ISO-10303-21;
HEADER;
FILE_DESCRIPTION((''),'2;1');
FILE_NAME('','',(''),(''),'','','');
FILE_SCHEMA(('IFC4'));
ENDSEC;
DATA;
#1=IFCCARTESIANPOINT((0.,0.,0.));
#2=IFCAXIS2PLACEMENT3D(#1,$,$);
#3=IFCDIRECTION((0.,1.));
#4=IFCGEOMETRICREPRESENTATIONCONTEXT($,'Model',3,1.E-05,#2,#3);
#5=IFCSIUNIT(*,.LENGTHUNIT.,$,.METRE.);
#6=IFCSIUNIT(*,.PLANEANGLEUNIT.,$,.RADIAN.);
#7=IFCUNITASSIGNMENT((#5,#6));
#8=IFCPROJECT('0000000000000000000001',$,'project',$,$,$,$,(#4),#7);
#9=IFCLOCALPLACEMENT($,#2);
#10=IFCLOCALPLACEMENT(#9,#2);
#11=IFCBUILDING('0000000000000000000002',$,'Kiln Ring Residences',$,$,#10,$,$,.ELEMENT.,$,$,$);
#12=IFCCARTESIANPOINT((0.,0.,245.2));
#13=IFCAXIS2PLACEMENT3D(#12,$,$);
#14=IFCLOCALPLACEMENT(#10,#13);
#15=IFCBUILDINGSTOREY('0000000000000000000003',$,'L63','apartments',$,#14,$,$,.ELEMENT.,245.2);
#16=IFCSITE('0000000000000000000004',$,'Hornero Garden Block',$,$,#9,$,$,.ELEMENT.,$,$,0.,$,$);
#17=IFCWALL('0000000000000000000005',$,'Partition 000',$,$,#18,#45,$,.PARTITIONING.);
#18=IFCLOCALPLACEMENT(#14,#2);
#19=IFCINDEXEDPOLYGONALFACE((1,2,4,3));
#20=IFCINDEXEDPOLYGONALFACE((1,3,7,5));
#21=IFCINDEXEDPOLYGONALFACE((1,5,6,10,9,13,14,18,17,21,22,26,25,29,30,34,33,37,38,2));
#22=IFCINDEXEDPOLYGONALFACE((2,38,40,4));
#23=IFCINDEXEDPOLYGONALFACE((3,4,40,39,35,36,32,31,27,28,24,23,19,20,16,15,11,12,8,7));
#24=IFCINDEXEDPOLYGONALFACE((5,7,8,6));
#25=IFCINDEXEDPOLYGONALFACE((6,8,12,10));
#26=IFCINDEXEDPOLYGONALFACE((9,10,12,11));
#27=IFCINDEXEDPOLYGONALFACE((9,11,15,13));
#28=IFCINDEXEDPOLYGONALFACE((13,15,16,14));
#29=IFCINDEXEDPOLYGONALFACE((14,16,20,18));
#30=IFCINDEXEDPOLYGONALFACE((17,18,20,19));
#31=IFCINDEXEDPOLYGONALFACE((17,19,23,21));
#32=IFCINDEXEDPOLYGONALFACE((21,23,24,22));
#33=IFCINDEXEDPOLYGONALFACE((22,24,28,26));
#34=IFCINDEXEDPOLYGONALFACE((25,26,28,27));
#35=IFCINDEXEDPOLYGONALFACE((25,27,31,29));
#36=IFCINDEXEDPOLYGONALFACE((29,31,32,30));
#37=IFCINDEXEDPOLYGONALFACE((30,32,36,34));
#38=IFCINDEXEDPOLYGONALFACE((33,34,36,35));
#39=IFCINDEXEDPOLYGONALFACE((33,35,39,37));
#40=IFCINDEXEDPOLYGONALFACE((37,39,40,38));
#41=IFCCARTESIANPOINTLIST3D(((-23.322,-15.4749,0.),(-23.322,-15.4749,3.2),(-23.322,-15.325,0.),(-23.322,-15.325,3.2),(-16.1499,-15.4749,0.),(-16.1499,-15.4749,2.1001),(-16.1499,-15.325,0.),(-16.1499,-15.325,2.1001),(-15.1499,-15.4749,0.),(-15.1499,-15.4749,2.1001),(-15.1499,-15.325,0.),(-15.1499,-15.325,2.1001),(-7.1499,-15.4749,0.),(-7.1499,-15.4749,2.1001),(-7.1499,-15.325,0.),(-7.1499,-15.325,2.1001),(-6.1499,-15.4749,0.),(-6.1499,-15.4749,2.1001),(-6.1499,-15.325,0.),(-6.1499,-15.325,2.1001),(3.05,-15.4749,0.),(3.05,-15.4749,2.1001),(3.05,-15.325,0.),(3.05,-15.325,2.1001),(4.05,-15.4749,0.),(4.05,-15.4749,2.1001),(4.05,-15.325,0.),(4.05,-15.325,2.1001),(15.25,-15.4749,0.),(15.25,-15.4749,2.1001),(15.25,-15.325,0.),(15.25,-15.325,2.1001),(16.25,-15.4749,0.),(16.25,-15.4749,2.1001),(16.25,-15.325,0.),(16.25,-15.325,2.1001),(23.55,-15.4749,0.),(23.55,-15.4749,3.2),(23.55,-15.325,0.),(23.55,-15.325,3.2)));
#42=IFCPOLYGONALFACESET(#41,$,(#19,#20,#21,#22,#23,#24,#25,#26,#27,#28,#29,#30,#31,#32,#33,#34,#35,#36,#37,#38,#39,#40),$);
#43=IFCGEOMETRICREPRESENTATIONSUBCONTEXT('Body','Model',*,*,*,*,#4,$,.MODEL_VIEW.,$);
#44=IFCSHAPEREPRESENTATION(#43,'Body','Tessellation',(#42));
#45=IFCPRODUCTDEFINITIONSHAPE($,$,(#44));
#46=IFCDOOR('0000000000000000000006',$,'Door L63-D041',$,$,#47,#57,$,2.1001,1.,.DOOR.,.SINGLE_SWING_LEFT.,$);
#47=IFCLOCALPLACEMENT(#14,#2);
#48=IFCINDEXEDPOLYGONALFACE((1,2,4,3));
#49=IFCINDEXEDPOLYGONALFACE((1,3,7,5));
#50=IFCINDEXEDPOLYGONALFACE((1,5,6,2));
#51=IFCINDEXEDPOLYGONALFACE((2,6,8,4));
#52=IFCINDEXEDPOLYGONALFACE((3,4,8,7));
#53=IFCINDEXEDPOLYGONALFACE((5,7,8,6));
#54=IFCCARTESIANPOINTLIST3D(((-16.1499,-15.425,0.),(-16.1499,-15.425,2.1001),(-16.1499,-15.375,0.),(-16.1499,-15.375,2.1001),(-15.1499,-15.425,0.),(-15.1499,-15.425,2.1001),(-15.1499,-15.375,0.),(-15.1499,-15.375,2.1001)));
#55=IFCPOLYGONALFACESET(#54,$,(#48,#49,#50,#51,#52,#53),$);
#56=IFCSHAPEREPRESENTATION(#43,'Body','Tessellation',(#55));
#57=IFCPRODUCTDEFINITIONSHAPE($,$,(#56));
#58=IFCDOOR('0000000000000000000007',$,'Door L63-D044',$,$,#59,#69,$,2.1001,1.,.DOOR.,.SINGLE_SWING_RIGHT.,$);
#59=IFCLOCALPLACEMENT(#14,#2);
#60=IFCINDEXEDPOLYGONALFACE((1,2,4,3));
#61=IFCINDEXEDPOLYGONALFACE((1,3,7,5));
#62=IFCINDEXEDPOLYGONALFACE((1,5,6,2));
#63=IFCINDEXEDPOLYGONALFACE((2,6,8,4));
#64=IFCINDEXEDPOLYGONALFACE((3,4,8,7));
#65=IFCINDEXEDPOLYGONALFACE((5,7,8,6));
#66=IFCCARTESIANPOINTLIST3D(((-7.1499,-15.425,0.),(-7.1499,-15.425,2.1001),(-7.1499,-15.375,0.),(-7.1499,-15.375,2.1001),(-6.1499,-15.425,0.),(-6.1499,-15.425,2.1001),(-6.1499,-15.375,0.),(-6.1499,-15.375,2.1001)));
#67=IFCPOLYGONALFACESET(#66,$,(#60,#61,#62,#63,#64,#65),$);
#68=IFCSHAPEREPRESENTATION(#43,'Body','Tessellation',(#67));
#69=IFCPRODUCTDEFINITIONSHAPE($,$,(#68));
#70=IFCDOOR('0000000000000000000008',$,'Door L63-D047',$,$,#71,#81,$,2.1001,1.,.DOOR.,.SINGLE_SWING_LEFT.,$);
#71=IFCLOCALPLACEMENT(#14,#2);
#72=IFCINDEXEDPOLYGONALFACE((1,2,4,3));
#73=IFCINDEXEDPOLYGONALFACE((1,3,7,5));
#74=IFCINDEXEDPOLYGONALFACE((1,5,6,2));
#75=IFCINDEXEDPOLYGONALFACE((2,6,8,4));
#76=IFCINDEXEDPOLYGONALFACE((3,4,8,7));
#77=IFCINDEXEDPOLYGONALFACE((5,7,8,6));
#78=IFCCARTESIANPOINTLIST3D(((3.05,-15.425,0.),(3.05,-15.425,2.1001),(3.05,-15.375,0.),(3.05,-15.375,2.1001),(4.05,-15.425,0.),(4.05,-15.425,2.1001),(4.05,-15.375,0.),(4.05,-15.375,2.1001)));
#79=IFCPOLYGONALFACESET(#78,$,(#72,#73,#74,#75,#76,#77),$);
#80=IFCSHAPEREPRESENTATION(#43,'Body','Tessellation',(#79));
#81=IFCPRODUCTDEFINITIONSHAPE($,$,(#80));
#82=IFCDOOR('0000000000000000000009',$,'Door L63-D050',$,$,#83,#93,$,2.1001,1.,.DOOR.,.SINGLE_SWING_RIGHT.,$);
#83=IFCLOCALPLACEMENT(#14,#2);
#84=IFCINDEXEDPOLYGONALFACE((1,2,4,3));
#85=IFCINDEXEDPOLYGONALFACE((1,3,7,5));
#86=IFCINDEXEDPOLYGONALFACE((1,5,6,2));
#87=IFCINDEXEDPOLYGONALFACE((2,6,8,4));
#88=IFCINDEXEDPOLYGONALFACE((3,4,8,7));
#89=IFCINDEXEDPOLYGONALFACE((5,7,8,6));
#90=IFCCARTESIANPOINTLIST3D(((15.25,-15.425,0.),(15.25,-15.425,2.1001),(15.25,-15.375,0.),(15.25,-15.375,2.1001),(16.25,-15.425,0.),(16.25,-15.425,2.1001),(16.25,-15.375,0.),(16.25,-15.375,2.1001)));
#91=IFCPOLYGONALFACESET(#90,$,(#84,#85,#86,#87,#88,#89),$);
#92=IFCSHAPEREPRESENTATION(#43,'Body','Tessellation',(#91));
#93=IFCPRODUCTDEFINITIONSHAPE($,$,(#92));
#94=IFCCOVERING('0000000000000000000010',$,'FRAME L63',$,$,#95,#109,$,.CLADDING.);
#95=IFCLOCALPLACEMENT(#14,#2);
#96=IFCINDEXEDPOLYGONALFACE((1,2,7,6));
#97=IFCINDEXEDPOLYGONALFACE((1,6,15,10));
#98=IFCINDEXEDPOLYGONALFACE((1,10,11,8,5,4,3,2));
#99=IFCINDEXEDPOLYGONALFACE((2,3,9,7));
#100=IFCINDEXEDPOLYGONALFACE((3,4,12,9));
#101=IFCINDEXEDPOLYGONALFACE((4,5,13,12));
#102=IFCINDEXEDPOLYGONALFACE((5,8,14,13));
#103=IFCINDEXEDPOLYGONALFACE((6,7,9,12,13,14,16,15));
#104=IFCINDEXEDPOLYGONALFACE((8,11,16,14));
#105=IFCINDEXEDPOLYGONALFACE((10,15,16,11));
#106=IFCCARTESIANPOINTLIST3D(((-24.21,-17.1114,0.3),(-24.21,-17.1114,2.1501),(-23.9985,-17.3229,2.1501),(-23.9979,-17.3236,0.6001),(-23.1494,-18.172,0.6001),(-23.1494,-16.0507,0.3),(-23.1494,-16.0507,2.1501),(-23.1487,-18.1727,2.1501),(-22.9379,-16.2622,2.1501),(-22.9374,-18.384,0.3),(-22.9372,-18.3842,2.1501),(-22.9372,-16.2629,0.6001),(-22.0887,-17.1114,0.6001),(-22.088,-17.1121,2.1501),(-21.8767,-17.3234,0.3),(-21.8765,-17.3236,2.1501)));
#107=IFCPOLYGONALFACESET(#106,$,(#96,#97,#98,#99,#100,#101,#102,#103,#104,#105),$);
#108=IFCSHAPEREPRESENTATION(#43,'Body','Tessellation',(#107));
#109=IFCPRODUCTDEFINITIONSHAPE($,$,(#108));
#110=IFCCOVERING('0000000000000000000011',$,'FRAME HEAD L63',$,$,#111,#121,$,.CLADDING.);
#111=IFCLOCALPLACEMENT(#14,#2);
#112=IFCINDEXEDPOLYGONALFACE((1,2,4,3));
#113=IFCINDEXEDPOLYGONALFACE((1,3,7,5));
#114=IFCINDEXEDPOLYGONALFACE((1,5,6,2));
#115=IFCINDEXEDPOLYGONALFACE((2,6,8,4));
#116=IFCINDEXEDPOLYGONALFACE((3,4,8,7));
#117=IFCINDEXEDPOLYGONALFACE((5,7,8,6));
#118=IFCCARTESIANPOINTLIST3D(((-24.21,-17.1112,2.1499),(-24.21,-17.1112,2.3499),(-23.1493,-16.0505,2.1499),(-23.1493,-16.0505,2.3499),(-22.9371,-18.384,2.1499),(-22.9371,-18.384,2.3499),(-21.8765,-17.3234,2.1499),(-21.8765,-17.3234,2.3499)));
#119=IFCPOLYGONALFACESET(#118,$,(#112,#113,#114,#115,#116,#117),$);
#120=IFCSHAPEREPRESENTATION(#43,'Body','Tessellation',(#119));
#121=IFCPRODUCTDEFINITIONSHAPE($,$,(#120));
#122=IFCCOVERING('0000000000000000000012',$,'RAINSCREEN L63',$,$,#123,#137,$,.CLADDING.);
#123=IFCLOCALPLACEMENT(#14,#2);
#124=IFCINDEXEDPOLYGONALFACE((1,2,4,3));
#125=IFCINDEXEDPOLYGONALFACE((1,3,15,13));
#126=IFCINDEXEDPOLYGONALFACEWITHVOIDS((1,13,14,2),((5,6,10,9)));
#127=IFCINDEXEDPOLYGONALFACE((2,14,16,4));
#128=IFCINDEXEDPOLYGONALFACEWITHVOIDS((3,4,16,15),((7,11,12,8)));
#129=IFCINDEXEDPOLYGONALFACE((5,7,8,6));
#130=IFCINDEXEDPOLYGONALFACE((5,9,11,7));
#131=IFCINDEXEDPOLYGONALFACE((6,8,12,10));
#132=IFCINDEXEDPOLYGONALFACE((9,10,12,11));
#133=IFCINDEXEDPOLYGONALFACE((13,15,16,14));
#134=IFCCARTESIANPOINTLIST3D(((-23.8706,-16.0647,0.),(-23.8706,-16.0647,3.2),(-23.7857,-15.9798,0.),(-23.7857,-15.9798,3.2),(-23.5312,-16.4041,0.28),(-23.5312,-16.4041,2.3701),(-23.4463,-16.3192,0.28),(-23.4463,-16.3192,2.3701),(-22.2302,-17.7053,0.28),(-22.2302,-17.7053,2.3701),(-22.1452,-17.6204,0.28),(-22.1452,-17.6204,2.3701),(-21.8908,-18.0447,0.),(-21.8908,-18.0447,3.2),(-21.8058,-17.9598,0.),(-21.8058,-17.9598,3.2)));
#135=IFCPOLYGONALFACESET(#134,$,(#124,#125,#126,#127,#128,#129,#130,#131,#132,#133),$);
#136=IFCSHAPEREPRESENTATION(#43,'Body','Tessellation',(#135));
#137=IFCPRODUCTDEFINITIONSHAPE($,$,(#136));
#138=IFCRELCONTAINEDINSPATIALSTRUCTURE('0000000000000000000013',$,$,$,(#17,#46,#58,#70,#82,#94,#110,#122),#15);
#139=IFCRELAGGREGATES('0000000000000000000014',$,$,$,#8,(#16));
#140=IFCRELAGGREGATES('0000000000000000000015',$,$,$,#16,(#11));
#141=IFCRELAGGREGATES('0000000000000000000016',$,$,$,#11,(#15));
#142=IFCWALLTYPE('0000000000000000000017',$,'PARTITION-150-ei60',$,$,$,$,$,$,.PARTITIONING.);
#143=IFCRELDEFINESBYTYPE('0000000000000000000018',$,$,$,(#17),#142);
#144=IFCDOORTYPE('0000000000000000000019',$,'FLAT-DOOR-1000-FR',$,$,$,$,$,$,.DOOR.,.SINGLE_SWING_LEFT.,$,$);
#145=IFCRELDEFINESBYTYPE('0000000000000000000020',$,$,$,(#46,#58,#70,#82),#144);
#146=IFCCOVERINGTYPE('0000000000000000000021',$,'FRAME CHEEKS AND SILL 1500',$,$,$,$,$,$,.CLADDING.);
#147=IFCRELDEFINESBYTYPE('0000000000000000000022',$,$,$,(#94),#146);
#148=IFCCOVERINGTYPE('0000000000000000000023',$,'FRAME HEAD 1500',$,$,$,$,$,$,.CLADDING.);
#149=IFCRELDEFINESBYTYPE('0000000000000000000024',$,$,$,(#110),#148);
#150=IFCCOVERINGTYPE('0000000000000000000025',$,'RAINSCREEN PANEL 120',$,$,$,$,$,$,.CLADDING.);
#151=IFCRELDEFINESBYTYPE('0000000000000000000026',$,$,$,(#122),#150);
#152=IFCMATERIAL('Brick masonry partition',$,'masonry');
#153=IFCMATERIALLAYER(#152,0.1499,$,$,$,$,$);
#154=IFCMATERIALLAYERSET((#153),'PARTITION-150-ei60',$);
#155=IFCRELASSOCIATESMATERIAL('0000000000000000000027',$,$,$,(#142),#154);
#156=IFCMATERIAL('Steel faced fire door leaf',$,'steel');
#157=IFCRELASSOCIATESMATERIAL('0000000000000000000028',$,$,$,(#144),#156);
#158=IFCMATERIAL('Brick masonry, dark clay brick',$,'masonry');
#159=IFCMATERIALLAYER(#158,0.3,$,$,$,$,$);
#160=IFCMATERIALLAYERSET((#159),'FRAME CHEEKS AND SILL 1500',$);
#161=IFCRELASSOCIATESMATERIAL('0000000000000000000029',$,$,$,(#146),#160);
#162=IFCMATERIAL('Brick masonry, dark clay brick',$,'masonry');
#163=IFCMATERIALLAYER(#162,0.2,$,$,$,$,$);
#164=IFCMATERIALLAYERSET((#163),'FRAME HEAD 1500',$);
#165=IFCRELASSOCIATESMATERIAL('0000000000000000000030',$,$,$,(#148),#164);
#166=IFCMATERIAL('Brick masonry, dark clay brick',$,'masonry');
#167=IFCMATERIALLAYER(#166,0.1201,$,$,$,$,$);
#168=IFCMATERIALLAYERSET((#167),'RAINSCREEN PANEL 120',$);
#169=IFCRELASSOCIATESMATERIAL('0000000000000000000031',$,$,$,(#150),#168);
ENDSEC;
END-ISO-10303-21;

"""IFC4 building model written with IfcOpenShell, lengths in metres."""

from ifc_helpers import new_model, si_unit, direction, frame, frame_2d, origin, origin_2d, place, context, subcontext, project, spatial, polyline, rectangle, outline, extrude, material, layer, layer_set, type_object, element, fill, save


model = new_model("IFC4")

# Units and contexts
model_context = context("Model", 3, precision=1e-05, world=origin(), true_north=direction((0.0, 1.0)))
body_context = subcontext(model_context, "Body", "Model", "MODEL_VIEW")
ifc_project = project(units=[si_unit("LENGTHUNIT", "METRE"), si_unit("PLANEANGLEUNIT", "RADIAN")], contexts=[model_context])

# Site, building, storey
site_placement = place(None, origin())
site = spatial("IfcSite", under=ifc_project, at=site_placement, Name="Hornero Garden Block", CompositionType="ELEMENT", RefElevation=0.0)
building_placement = place(site_placement, origin())
building = spatial("IfcBuilding", under=site, at=building_placement, Name="Kiln Ring Residences", CompositionType="ELEMENT")
storey_placement = place(building_placement, frame((0.0, 0.0, 245.2)))
storey = spatial("IfcBuildingStorey", under=building, at=storey_placement, Name="L63", Description="apartments", CompositionType="ELEMENT", Elevation=245.2)

# Wall, openings, doors
ifc_material_1 = material(Name="Brick masonry partition", Category="masonry")
ifc_layer_1 = layer(ifc_material_1, 0.1499)
ifc_layer_set_1 = layer_set([ifc_layer_1], Name="PARTITION-150-ei60")
wall_type_1 = type_object("IfcWallType", Name="PARTITION-150-ei60", PredefinedType="PARTITIONING", material=ifc_layer_set_1)
wall_1_placement = place(storey_placement, frame((-23.322, -15.3999, 0.0), z_axis=(0.0, 0.0, 1.0), x_axis=(1.0, 0.0, 0.0)))
wall_1 = element("IfcWall", 1, at=wall_1_placement, inside=storey, type_object=wall_type_1, Name="Partition 000", PredefinedType="PARTITIONING", context=body_context, shape_type="SweptSolid", body=[
    extrude(rectangle(XDim=46.8721, YDim=0.1499, at=frame_2d((23.436, 0.0))), origin(), (0.0, 0.0, 1.0), 3.2),
])
opening_1_placement = place(wall_1_placement, frame((7.1721, 0.0, 0.0)))
opening_1 = element("IfcOpeningElement", 2, at=opening_1_placement, cuts=wall_1, PredefinedType="OPENING", context=body_context, shape_type="SweptSolid", body=[
    extrude(rectangle(XDim=1.0, YDim=2.1001, at=frame_2d((0.5, 1.05))), frame((0.0, 0.085, 0.0), z_axis=(0.0, -1.0, 0.0), x_axis=(1.0, 0.0, 0.0)), (0.0, 0.0, 1.0), 0.1699),
])
opening_2_placement = place(wall_1_placement, frame((16.1721, 0.0, 0.0)))
opening_2 = element("IfcOpeningElement", 3, at=opening_2_placement, cuts=wall_1, PredefinedType="OPENING", context=body_context, shape_type="SweptSolid", body=[
    extrude(rectangle(XDim=1.0, YDim=2.1001, at=frame_2d((0.5, 1.05))), frame((0.0, 0.085, 0.0), z_axis=(0.0, -1.0, 0.0), x_axis=(1.0, 0.0, 0.0)), (0.0, 0.0, 1.0), 0.1699),
])
opening_3_placement = place(wall_1_placement, frame((26.3721, 0.0, 0.0)))
opening_3 = element("IfcOpeningElement", 4, at=opening_3_placement, cuts=wall_1, PredefinedType="OPENING", context=body_context, shape_type="SweptSolid", body=[
    extrude(rectangle(XDim=1.0, YDim=2.1001, at=frame_2d((0.5, 1.05))), frame((0.0, 0.085, 0.0), z_axis=(0.0, -1.0, 0.0), x_axis=(1.0, 0.0, 0.0)), (0.0, 0.0, 1.0), 0.1699),
])
opening_4_placement = place(wall_1_placement, frame((38.572, 0.0, 0.0)))
opening_4 = element("IfcOpeningElement", 5, at=opening_4_placement, cuts=wall_1, PredefinedType="OPENING", context=body_context, shape_type="SweptSolid", body=[
    extrude(rectangle(XDim=1.0, YDim=2.1001, at=frame_2d((0.5, 1.05))), frame((0.0, 0.085, 0.0), z_axis=(0.0, -1.0, 0.0), x_axis=(1.0, 0.0, 0.0)), (0.0, 0.0, 1.0), 0.1699),
])
ifc_material_2 = material(Name="Steel faced fire door leaf", Category="steel")
door_type_1 = type_object("IfcDoorType", Name="FLAT-DOOR-1000-FR", OperationType="SINGLE_SWING_LEFT", PredefinedType="DOOR", material=ifc_material_2)
door_1_placement = place(opening_1_placement, origin())
door_1 = element("IfcDoor", 6, at=door_1_placement, inside=storey, type_object=door_type_1, Name="Door L63-D041", OperationType="SINGLE_SWING_LEFT", OverallHeight=2.1001, OverallWidth=1.0, PredefinedType="DOOR", context=body_context, shape_type="SweptSolid", body=[
    extrude(rectangle(XDim=1.0, YDim=2.1001, at=frame_2d((0.5, 1.05))), frame((0.0, 0.0249, 0.0), z_axis=(0.0, -1.0, 0.0), x_axis=(1.0, 0.0, 0.0)), (0.0, 0.0, 1.0), 0.05),
])
fill(opening_1, door_1)
door_2_placement = place(opening_2_placement, origin())
door_2 = element("IfcDoor", 7, at=door_2_placement, inside=storey, type_object=door_type_1, Name="Door L63-D044", OperationType="SINGLE_SWING_RIGHT", OverallHeight=2.1001, OverallWidth=1.0, PredefinedType="DOOR", context=body_context, shape_type="SweptSolid", body=[
    extrude(rectangle(XDim=1.0, YDim=2.1001, at=frame_2d((0.5, 1.05))), frame((0.0, 0.0249, 0.0), z_axis=(0.0, -1.0, 0.0), x_axis=(1.0, 0.0, 0.0)), (0.0, 0.0, 1.0), 0.05),
])
fill(opening_2, door_2)
door_3_placement = place(opening_3_placement, origin())
door_3 = element("IfcDoor", 8, at=door_3_placement, inside=storey, type_object=door_type_1, Name="Door L63-D047", OperationType="SINGLE_SWING_LEFT", OverallHeight=2.1001, OverallWidth=1.0, PredefinedType="DOOR", context=body_context, shape_type="SweptSolid", body=[
    extrude(rectangle(XDim=1.0, YDim=2.1001, at=frame_2d((0.5, 1.05))), frame((0.0, 0.0249, 0.0), z_axis=(0.0, -1.0, 0.0), x_axis=(1.0, 0.0, 0.0)), (0.0, 0.0, 1.0), 0.05),
])
fill(opening_3, door_3)
door_4_placement = place(opening_4_placement, origin())
door_4 = element("IfcDoor", 9, at=door_4_placement, inside=storey, type_object=door_type_1, Name="Door L63-D050", OperationType="SINGLE_SWING_RIGHT", OverallHeight=2.1001, OverallWidth=1.0, PredefinedType="DOOR", context=body_context, shape_type="SweptSolid", body=[
    extrude(rectangle(XDim=1.0, YDim=2.1001, at=frame_2d((0.5, 1.05))), frame((0.0, 0.0249, 0.0), z_axis=(0.0, -1.0, 0.0), x_axis=(1.0, 0.0, 0.0)), (0.0, 0.0, 1.0), 0.05),
])
fill(opening_4, door_4)

# Coverings
ifc_material_3 = material(Name="Brick masonry, dark clay brick", Category="masonry")
ifc_layer_2 = layer(ifc_material_3, 0.3)
ifc_layer_set_2 = layer_set([ifc_layer_2], Name="FRAME CHEEKS AND SILL 1500")
covering_type_1 = type_object("IfcCoveringType", Name="FRAME CHEEKS AND SILL 1500", PredefinedType="CLADDING", material=ifc_layer_set_2)
covering_1_placement = place(storey_placement, frame((-23.6797, -16.5811, 0.3), z_axis=(0.0, 0.0, 1.0), x_axis=(0.707107, -0.707107, 0.0)))
element("IfcCovering", 10, at=covering_1_placement, inside=storey, type_object=covering_type_1, Name="FRAME L63", PredefinedType="CLADDING", context=body_context, shape_type="SweptSolid", body=[
    extrude(outline(polyline([(0.0, 0.0), (1.7998, 0.0), (1.8, 1.8501), (1.501, 1.8501), (1.5, 0.3), (0.3, 0.3), (0.2991, 1.8501), (0.0, 1.8501), (0.0, 0.0)])), frame((0.0, 0.75, 0.0), z_axis=(0.0, -1.0, 0.0), x_axis=(1.0, 0.0, 0.0)), (0.0, 0.0, 1.0), 1.5),
])
ifc_material_4 = material(Name="Brick masonry, dark clay brick", Category="masonry")
ifc_layer_3 = layer(ifc_material_4, 0.2)
ifc_layer_set_3 = layer_set([ifc_layer_3], Name="FRAME HEAD 1500")
covering_type_2 = type_object("IfcCoveringType", Name="FRAME HEAD 1500", PredefinedType="CLADDING", material=ifc_layer_set_3)
covering_2_placement = place(storey_placement, frame((-23.0432, -17.2173, 2.1499), z_axis=(0.0, 0.0, 1.0), x_axis=(0.707107, -0.707107, 0.0)))
element("IfcCovering", 11, at=covering_2_placement, inside=storey, type_object=covering_type_2, Name="FRAME HEAD L63", PredefinedType="CLADDING", context=body_context, shape_type="SweptSolid", body=[
    extrude(rectangle(XDim=1.8, YDim=1.5, at=origin_2d()), origin(), (0.0, 0.0, 1.0), 0.2),
])
ifc_material_5 = material(Name="Brick masonry, dark clay brick", Category="masonry")
ifc_layer_4 = layer(ifc_material_5, 0.1201)
ifc_layer_set_4 = layer_set([ifc_layer_4], Name="RAINSCREEN PANEL 120")
covering_type_3 = type_object("IfcCoveringType", Name="RAINSCREEN PANEL 120", PredefinedType="CLADDING", material=ifc_layer_set_4)
covering_3_placement = place(storey_placement, frame((-23.8281, -16.0222, 0.0), z_axis=(0.0, 0.0, 1.0), x_axis=(0.707063, -0.70715, 0.0)))
element("IfcCovering", 12, at=covering_3_placement, inside=storey, type_object=covering_type_3, Name="RAINSCREEN L63", PredefinedType="CLADDING", context=body_context, shape_type="SweptSolid", body=[
    extrude(outline(polyline([(0.0, 0.0), (2.8, 0.0), (2.8, 3.2), (0.0, 3.2), (0.0, 0.0)]), holes=[polyline([(0.48, 2.3701), (0.48, 0.28), (2.3201, 0.28), (2.3201, 2.3701), (0.48, 2.3701)])]), frame((0.0, 0.0601, 0.0), z_axis=(0.0, -1.0, 0.0), x_axis=(1.0, 0.0, 0.0)), (0.0, 0.0, 1.0), 0.1201),
])

save(model, "model.ifc")
